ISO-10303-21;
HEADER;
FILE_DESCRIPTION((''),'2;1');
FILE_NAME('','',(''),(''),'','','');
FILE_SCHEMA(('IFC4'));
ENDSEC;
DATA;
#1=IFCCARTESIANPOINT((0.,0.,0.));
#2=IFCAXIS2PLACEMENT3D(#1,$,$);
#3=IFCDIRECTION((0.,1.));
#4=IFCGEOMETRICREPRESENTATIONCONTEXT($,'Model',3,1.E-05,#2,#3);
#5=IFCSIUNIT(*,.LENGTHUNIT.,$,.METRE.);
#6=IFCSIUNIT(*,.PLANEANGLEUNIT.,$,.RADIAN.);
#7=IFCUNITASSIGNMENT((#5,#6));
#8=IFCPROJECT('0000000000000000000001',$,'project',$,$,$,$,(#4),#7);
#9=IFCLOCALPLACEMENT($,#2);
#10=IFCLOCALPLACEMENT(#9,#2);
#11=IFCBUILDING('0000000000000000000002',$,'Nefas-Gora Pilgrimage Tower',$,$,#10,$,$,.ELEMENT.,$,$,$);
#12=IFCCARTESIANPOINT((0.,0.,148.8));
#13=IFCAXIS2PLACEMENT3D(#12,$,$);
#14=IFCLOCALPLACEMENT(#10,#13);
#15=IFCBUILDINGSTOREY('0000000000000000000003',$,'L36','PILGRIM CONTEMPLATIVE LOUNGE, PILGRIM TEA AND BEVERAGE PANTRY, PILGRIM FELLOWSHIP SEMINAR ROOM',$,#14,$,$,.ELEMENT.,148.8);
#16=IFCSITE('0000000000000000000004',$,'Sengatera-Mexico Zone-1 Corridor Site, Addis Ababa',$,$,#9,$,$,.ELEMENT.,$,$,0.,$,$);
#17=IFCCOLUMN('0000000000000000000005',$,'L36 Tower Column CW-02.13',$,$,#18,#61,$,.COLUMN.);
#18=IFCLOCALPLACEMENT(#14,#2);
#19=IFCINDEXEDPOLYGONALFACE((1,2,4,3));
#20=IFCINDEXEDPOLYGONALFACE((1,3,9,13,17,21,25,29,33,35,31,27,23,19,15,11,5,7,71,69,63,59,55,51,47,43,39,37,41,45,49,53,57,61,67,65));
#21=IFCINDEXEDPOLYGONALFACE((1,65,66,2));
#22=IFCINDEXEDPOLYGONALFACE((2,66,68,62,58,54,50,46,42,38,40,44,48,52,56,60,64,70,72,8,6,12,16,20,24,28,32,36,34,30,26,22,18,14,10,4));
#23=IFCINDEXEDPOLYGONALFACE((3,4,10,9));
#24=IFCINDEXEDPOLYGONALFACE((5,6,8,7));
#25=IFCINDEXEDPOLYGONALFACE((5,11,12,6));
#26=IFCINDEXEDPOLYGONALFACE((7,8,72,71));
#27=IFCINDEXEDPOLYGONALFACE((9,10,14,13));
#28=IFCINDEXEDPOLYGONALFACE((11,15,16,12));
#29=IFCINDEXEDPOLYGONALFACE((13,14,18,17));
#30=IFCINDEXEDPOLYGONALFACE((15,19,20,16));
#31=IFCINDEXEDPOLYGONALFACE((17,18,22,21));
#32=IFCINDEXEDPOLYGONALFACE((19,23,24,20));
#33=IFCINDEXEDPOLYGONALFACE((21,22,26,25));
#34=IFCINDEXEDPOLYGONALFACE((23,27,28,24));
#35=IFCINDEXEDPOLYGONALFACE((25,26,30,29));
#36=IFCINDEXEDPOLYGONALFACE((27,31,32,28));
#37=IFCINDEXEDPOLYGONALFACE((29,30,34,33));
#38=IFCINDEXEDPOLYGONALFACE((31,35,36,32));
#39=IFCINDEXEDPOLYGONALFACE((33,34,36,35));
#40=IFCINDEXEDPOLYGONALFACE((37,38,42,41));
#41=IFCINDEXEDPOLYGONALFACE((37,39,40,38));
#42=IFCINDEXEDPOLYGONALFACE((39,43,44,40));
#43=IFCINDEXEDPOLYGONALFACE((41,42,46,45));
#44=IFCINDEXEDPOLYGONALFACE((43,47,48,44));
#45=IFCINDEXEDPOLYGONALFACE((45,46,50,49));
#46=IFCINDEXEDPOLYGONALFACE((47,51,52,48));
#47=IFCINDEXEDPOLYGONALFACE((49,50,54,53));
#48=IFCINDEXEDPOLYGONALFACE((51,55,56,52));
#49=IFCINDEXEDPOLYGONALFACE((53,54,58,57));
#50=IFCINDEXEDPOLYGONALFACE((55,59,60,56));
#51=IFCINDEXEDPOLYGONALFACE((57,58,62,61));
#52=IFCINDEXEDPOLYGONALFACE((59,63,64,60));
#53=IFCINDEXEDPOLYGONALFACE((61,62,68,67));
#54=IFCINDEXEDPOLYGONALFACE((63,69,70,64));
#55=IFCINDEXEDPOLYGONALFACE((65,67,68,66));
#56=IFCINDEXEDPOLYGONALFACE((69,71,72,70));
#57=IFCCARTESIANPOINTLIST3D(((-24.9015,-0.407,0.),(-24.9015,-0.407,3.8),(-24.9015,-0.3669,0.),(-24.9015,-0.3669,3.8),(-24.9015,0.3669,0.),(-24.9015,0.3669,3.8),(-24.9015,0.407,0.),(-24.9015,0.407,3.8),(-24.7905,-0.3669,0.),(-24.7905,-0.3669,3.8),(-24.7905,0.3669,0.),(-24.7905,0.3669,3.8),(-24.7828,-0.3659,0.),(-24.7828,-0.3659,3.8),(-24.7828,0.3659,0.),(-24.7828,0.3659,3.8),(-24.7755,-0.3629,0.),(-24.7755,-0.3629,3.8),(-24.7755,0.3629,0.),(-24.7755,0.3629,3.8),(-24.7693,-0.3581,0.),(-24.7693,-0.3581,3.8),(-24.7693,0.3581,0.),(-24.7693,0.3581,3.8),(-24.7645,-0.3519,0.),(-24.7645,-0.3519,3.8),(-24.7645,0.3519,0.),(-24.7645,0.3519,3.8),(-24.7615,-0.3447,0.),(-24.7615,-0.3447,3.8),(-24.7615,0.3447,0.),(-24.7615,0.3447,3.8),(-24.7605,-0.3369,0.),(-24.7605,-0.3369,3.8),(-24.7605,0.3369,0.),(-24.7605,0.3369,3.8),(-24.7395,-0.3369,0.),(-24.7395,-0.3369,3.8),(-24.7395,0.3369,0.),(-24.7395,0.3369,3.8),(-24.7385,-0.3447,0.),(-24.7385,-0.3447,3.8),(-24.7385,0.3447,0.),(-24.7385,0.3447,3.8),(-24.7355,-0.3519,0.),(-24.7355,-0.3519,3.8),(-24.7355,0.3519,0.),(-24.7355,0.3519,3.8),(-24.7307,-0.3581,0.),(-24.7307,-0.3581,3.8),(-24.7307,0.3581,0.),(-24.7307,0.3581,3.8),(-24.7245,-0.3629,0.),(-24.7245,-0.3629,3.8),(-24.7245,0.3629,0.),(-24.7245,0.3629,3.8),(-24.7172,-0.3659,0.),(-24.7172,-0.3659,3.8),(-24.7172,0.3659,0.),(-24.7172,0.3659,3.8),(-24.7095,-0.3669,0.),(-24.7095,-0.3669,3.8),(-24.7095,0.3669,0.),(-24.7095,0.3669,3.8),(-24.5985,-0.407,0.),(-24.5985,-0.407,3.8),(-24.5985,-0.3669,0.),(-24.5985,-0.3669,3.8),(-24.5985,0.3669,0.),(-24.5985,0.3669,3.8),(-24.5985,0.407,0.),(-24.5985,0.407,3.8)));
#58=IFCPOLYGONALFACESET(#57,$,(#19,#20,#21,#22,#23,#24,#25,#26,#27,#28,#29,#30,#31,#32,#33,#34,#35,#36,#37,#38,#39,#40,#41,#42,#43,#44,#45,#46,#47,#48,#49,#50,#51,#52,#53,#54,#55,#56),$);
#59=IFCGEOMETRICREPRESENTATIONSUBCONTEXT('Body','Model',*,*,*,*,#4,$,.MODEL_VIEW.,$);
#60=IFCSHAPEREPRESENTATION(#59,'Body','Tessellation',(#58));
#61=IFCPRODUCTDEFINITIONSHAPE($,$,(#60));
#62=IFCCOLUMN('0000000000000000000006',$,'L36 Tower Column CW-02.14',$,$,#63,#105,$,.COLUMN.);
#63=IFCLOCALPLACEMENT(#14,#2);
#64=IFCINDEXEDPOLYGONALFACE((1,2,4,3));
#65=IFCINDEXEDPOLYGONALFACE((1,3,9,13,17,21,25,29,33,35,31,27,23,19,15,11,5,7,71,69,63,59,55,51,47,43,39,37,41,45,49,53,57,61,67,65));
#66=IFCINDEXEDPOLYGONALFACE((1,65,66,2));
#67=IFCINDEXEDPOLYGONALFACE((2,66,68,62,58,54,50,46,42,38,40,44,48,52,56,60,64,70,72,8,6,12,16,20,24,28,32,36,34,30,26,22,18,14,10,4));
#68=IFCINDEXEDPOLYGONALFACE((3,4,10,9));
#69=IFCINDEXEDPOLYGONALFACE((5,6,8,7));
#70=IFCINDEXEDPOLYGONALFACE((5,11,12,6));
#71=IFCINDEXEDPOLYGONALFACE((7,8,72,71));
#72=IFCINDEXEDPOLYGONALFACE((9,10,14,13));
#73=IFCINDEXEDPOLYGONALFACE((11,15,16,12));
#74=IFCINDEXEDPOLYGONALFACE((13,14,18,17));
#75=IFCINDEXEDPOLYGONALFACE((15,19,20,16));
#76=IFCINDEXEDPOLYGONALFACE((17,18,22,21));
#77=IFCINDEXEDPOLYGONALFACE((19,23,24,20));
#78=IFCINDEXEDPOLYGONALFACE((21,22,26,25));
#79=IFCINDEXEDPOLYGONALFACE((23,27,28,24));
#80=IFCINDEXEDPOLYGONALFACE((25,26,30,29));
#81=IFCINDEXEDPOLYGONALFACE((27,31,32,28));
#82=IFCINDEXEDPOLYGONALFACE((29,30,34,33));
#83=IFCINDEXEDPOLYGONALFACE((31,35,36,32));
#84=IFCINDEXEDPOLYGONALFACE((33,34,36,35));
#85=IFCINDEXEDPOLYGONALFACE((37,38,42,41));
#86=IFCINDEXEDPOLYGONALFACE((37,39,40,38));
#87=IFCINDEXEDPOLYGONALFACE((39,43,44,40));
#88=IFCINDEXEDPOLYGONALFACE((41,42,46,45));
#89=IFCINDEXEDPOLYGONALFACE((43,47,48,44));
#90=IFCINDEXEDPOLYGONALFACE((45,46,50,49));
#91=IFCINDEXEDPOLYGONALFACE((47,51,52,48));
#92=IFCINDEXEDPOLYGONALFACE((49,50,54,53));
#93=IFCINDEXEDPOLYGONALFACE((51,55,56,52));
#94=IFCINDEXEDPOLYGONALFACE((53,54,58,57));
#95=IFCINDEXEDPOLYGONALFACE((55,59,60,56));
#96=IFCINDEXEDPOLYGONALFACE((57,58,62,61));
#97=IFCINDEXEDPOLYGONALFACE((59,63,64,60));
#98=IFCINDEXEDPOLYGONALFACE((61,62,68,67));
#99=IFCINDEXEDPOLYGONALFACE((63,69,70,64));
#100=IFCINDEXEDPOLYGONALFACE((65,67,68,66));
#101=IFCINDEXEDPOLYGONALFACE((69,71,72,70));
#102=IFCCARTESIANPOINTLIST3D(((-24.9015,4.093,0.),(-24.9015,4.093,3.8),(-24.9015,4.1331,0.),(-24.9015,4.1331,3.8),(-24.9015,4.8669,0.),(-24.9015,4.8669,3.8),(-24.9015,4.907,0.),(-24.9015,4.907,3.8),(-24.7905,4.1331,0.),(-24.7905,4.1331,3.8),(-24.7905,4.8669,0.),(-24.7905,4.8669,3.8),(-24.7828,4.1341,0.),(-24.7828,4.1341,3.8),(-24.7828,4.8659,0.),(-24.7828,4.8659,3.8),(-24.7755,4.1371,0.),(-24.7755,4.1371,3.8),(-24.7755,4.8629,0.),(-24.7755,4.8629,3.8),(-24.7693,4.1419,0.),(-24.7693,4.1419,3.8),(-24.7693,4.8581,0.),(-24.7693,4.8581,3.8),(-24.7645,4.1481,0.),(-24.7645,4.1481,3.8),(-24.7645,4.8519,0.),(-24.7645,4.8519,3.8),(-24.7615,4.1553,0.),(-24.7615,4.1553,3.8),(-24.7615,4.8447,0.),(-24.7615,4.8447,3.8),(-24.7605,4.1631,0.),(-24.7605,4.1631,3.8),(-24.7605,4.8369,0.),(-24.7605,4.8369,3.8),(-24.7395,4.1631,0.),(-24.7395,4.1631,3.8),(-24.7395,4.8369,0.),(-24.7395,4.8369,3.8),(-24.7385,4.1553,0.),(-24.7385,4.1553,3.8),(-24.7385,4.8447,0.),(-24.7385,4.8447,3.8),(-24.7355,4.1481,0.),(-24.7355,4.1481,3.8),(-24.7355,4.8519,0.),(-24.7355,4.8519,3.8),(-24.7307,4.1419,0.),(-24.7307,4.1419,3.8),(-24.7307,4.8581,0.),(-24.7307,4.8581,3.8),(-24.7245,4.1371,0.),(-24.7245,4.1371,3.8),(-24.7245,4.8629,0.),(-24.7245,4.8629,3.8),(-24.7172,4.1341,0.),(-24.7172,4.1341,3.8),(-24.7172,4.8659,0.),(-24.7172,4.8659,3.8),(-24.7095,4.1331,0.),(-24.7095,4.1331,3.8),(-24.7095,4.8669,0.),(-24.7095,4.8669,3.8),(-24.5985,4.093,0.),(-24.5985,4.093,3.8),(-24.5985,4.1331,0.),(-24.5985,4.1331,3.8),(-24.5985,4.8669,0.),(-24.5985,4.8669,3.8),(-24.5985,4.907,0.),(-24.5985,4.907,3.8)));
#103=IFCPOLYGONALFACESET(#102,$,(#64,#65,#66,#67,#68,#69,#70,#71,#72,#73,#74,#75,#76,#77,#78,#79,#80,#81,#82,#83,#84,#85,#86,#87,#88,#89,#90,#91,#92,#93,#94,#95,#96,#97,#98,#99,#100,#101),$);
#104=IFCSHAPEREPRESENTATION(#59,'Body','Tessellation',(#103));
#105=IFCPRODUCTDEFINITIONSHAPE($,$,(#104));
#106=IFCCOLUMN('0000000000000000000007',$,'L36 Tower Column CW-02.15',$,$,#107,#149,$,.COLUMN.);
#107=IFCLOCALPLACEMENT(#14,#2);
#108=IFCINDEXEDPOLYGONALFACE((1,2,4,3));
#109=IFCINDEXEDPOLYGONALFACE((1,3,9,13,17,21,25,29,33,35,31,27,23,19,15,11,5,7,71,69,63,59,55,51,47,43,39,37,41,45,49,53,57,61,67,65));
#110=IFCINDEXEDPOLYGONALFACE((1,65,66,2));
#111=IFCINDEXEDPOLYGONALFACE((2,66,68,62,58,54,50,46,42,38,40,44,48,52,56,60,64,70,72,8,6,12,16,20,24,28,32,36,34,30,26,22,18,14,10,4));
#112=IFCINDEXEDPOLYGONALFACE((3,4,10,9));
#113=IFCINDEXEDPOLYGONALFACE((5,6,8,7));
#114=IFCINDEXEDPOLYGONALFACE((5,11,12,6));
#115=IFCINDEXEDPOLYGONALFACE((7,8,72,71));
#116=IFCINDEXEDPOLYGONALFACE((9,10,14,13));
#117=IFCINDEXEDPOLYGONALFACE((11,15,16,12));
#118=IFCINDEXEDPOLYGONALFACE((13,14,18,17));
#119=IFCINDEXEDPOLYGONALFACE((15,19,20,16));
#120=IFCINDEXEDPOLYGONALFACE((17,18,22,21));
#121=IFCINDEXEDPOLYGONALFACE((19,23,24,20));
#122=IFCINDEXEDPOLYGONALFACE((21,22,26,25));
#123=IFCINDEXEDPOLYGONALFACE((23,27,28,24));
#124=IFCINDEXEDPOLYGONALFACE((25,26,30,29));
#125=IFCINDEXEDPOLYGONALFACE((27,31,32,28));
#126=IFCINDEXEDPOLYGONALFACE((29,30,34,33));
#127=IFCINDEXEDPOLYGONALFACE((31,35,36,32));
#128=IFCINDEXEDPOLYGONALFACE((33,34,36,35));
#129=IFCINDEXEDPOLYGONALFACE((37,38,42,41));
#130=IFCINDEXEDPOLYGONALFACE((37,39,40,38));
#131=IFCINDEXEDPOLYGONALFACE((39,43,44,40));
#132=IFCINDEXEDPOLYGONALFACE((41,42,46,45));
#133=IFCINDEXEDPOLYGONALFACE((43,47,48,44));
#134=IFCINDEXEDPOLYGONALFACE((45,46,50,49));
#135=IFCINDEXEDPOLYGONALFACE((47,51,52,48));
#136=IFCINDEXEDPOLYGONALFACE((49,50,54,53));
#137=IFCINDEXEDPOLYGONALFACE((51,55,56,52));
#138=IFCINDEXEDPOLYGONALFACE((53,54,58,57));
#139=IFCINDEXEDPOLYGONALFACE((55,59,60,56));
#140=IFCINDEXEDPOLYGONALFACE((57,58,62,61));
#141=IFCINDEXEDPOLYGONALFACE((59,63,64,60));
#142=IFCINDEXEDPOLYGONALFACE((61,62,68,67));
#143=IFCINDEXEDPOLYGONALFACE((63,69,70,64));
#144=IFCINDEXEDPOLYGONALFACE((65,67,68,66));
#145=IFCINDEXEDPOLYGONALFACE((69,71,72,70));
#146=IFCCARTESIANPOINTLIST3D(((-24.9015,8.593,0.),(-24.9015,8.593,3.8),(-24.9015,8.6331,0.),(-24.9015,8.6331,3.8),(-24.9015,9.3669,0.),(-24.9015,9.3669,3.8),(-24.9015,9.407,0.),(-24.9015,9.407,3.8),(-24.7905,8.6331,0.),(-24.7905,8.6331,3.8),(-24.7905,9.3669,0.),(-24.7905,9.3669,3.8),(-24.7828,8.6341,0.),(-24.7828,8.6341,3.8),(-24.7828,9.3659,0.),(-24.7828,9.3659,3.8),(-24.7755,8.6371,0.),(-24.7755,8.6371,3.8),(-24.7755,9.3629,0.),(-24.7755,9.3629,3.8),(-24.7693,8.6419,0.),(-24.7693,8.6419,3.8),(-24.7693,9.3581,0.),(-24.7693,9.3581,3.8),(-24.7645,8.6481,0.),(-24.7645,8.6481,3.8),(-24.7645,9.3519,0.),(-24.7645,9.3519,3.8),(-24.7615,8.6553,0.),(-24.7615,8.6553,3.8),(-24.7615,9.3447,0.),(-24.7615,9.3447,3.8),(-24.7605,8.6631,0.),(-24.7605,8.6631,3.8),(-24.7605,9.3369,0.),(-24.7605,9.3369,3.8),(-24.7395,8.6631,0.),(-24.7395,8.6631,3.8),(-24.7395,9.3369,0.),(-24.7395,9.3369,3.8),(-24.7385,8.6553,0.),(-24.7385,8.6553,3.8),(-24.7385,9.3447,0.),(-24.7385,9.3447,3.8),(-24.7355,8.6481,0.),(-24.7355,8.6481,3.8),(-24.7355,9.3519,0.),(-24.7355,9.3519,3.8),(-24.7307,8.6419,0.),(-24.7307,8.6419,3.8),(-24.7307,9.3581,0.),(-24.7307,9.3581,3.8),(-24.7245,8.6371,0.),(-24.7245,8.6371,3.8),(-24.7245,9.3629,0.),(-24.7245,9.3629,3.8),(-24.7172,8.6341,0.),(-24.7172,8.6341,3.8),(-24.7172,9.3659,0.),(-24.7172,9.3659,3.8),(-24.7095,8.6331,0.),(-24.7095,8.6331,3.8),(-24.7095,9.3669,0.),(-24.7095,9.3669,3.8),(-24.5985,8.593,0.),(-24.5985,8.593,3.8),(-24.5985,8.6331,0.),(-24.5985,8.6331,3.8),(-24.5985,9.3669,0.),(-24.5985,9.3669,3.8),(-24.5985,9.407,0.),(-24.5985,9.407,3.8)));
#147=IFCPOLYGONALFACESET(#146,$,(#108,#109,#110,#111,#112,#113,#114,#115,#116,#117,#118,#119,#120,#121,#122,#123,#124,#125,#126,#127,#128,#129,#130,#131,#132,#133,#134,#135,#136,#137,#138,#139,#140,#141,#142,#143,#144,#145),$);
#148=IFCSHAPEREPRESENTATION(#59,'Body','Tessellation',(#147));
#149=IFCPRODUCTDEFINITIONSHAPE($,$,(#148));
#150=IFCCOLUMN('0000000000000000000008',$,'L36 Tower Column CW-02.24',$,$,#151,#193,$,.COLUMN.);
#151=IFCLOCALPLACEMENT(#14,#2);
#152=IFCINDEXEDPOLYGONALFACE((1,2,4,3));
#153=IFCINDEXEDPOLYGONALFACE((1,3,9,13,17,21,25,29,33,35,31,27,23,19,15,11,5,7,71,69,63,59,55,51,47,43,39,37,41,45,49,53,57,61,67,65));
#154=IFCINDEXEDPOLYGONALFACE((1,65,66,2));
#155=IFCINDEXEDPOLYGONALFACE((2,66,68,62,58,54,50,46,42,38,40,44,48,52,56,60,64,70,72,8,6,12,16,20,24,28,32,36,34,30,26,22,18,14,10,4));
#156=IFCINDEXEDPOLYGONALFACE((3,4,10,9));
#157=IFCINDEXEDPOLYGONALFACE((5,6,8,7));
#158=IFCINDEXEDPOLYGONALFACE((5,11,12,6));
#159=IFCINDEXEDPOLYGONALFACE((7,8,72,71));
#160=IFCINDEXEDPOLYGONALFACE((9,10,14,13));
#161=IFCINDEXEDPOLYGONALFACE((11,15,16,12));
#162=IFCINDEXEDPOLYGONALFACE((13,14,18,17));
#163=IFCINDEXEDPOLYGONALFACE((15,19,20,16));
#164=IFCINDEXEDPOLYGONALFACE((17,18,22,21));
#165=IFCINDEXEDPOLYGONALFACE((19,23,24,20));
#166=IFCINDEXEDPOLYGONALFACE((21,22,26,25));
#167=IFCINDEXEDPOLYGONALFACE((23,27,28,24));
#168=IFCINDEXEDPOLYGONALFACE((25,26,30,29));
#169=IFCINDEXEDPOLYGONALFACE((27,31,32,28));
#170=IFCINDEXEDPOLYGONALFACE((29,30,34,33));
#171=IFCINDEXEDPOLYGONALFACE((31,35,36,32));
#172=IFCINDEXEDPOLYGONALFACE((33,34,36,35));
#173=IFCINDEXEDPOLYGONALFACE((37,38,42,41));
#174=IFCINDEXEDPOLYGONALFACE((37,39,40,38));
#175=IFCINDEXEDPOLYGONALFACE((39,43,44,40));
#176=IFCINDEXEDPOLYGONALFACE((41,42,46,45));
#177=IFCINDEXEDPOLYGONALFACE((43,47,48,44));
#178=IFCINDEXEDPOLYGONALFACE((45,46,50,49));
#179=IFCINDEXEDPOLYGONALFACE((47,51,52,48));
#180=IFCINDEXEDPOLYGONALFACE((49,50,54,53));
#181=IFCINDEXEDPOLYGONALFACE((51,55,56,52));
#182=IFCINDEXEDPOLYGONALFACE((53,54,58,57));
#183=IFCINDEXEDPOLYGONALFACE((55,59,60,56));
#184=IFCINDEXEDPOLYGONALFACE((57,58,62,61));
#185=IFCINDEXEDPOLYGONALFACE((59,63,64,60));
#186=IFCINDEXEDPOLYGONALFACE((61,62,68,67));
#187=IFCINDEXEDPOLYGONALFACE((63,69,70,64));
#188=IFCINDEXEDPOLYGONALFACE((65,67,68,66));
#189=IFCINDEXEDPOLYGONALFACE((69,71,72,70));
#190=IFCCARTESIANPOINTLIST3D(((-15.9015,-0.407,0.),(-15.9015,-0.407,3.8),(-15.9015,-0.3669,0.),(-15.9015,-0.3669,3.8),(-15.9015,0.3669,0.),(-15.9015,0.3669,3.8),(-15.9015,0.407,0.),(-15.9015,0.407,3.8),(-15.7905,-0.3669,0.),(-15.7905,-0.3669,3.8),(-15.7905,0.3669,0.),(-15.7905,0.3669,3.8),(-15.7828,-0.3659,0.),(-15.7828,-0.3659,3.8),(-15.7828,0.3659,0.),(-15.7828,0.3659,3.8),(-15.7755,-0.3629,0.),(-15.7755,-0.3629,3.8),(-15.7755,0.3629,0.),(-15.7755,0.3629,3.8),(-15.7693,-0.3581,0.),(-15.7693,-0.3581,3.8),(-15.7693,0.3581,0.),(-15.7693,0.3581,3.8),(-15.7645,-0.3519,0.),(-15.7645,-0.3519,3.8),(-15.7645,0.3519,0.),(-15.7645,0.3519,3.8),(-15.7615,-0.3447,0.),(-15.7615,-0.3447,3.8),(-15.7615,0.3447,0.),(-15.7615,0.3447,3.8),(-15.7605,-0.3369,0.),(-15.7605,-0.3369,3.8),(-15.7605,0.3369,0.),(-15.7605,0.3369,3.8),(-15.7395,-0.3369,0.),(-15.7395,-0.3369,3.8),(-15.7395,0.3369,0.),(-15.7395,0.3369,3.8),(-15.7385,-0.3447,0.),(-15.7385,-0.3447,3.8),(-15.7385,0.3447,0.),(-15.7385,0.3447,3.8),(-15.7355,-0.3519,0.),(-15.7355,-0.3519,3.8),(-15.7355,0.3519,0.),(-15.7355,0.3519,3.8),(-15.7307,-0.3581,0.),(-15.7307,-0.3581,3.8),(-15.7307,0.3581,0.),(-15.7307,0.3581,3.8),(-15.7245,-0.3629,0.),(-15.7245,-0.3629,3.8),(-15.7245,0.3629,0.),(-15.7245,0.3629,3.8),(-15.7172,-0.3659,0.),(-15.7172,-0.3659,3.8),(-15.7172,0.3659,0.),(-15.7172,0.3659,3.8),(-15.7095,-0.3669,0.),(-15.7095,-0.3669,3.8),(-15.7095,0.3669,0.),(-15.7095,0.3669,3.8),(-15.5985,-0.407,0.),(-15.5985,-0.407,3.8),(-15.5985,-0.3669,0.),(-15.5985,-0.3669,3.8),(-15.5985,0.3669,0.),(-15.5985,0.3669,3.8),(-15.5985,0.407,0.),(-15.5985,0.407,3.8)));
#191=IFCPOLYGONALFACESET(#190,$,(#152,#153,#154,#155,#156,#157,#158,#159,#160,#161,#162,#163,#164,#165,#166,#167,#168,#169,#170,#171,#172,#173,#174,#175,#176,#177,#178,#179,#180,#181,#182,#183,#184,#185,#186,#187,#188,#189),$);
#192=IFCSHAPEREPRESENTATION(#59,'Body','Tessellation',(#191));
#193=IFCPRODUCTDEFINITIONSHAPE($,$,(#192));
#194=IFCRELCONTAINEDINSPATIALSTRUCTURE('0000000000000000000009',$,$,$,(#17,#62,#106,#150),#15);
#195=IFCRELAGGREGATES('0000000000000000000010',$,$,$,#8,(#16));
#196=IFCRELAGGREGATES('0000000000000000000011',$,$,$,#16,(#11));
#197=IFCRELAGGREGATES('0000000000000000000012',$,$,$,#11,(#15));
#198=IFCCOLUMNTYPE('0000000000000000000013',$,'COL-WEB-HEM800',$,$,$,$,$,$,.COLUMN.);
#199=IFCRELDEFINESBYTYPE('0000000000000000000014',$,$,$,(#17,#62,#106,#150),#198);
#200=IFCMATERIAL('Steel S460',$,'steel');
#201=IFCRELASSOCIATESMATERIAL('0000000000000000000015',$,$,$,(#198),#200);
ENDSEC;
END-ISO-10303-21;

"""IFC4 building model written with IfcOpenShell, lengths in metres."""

from ifc_helpers import new_model, si_unit, direction, frame, origin, origin_2d, place, context, subcontext, project, spatial, i_section, extrude, source, transform, mapped, material, material_profile, profile_set, type_object, element, save


model = new_model("IFC4")

# Units and contexts
model_context = context("Model", 3, precision=1e-05, world=origin(), true_north=direction((0.0, 1.0)))
body_context = subcontext(model_context, "Body", "Model", "MODEL_VIEW")
ifc_project = project(units=[si_unit("LENGTHUNIT", "METRE"), si_unit("PLANEANGLEUNIT", "RADIAN")], contexts=[model_context])

# Site, building, storey
site_placement = place(None, origin())
site = spatial("IfcSite", under=ifc_project, at=site_placement, Name="Sengatera-Mexico Zone-1 Corridor Site, Addis Ababa", CompositionType="ELEMENT", RefElevation=0.0)
building_placement = place(site_placement, origin())
building = spatial("IfcBuilding", under=site, at=building_placement, Name="Nefas-Gora Pilgrimage Tower", CompositionType="ELEMENT")
storey_placement = place(building_placement, frame((0.0, 0.0, 148.8)))
storey = spatial("IfcBuildingStorey", under=building, at=storey_placement, Name="L36", Description="PILGRIM CONTEMPLATIVE LOUNGE, PILGRIM TEA AND BEVERAGE PANTRY, PILGRIM FELLOWSHIP SEMINAR ROOM", CompositionType="ELEMENT", Elevation=148.8)

# Columns
ifc_material_1 = material(Name="Steel S460", Category="steel")
ifc_material_profile_1 = material_profile(ifc_material_1, i_section(OverallWidth=0.303, OverallDepth=0.814, WebThickness=0.021, FlangeThickness=0.04, FilletRadius=0.03, at=origin_2d()), Name="HEM 800")
ifc_profile_set_1 = profile_set([ifc_material_profile_1], Name="Steel S460")
column_type_1 = type_object("IfcColumnType", Name="COL-WEB-HEM800", PredefinedType="COLUMN", material=ifc_profile_set_1)
shared_shape_1 = source(origin(), body_context, "Body", "SweptSolid", [
    extrude(i_section(OverallWidth=0.303, OverallDepth=0.814, WebThickness=0.021, FlangeThickness=0.04, FilletRadius=0.03, at=origin_2d()), origin(), (0.0, 0.0, 1.0), 3.8),
])
for number, where, z_axis, x_axis, name in (
    (1, (-24.75, 0.0, 0.0), (0.0, 0.0, 1.0), (1.0, 0.0, 0.0), "L36 Tower Column CW-02.13"),
    (2, (-24.75, 4.5, 0.0), (0.0, 0.0, 1.0), (1.0, 0.0, 0.0), "L36 Tower Column CW-02.14"),
    (3, (-24.75, 9.0, 0.0), (0.0, 0.0, 1.0), (1.0, 0.0, 0.0), "L36 Tower Column CW-02.15"),
    (4, (-15.75, 0.0, 0.0), (0.0, 0.0, 1.0), (1.0, 0.0, 0.0), "L36 Tower Column CW-02.24"),
):
    element("IfcColumn", number, at=place(storey_placement, frame(where, z_axis=z_axis, x_axis=x_axis)), inside=storey, type_object=column_type_1, Name=name, PredefinedType="COLUMN", context=body_context, shape_type="MappedRepresentation", body=[
        mapped(shared_shape_1, transform((0.0, 0.0, 0.0), x_axis=(1.0, 0.0, 0.0), y_axis=(0.0, 1.0, 0.0), z_axis=(0.0, 0.0, 1.0), scale=1.0)),
    ])

save(model, "model.ifc")
